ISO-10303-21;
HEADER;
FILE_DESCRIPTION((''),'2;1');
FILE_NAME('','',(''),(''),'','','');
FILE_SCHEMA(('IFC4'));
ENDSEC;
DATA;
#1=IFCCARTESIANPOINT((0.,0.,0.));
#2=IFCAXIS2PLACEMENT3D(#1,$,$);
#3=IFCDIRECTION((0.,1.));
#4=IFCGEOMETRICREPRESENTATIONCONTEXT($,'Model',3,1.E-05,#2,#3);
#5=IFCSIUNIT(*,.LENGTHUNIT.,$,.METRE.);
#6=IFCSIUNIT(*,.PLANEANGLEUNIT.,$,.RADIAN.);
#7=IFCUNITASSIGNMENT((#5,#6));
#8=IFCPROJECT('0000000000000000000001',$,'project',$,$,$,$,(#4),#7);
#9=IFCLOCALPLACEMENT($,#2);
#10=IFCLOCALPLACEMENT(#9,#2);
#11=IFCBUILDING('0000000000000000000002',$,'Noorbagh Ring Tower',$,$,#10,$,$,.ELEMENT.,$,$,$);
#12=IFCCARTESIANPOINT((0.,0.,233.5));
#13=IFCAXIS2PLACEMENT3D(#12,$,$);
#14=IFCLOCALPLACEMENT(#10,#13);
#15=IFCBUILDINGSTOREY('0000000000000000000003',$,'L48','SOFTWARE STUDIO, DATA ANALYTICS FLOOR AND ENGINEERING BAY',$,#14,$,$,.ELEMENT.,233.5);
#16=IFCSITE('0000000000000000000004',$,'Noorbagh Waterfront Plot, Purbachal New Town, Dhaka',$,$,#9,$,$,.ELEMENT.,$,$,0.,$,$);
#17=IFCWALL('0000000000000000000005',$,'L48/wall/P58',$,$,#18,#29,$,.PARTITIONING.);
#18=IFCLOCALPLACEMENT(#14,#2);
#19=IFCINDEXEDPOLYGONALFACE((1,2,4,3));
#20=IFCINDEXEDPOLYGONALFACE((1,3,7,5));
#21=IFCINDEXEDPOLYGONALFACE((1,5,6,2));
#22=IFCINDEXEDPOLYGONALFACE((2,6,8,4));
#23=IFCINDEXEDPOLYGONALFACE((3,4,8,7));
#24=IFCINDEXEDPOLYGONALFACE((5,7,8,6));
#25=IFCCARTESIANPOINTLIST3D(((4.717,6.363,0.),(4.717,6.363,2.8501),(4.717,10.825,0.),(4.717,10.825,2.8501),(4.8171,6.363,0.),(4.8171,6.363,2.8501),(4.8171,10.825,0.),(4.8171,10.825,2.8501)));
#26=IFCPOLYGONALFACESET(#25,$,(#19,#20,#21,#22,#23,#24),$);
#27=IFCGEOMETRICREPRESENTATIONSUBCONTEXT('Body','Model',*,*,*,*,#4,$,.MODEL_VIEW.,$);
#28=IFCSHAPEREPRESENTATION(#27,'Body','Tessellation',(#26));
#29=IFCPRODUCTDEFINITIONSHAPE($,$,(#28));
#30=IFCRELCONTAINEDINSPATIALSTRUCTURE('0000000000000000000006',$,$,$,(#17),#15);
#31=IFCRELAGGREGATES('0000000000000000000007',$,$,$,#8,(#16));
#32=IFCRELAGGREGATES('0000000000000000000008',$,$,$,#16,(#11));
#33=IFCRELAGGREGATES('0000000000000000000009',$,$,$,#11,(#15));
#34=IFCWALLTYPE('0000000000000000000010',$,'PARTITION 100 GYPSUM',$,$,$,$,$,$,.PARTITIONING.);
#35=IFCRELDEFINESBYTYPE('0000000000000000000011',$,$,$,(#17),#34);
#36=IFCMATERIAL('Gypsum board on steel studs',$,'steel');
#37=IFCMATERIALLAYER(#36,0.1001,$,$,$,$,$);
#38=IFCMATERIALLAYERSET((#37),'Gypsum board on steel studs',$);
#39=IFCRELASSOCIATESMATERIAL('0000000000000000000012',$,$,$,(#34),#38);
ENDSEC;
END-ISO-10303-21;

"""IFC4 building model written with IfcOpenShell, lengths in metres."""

from ifc_helpers import new_model, si_unit, direction, frame, frame_2d, origin, place, context, subcontext, project, spatial, rectangle, extrude, material, layer, layer_set, type_object, element, save


model = new_model("IFC4")

# Units and contexts
model_context = context("Model", 3, precision=1e-05, world=origin(), true_north=direction((0.0, 1.0)))
body_context = subcontext(model_context, "Body", "Model", "MODEL_VIEW")
ifc_project = project(units=[si_unit("LENGTHUNIT", "METRE"), si_unit("PLANEANGLEUNIT", "RADIAN")], contexts=[model_context])

# Site, building, storey
site_placement = place(None, origin())
site = spatial("IfcSite", under=ifc_project, at=site_placement, Name="Noorbagh Waterfront Plot, Purbachal New Town, Dhaka", CompositionType="ELEMENT", RefElevation=0.0)
building_placement = place(site_placement, origin())
building = spatial("IfcBuilding", under=site, at=building_placement, Name="Noorbagh Ring Tower", CompositionType="ELEMENT")
storey_placement = place(building_placement, frame((0.0, 0.0, 233.5)))
storey = spatial("IfcBuildingStorey", under=building, at=storey_placement, Name="L48", Description="SOFTWARE STUDIO, DATA ANALYTICS FLOOR AND ENGINEERING BAY", CompositionType="ELEMENT", Elevation=233.5)

# Wall
ifc_material_1 = material(Name="Gypsum board on steel studs", Category="steel")
ifc_layer_1 = layer(ifc_material_1, 0.1001)
ifc_layer_set_1 = layer_set([ifc_layer_1], Name="Gypsum board on steel studs")
wall_type = type_object("IfcWallType", Name="PARTITION 100 GYPSUM", PredefinedType="PARTITIONING", material=ifc_layer_set_1)
wall_1_placement = place(storey_placement, frame((4.7671, 6.363, 0.0), z_axis=(0.0, 0.0, 1.0), x_axis=(0.0, 1.0, 0.0)))
element("IfcWall", 1, at=wall_1_placement, inside=storey, type_object=wall_type, Name="L48/wall/P58", PredefinedType="PARTITIONING", context=body_context, shape_type="SweptSolid", body=[
    extrude(rectangle(XDim=4.4619, YDim=0.1001, at=frame_2d((2.231, 0.0))), origin(), (0.0, 0.0, 1.0), 2.8501),
])

save(model, "model.ifc")
